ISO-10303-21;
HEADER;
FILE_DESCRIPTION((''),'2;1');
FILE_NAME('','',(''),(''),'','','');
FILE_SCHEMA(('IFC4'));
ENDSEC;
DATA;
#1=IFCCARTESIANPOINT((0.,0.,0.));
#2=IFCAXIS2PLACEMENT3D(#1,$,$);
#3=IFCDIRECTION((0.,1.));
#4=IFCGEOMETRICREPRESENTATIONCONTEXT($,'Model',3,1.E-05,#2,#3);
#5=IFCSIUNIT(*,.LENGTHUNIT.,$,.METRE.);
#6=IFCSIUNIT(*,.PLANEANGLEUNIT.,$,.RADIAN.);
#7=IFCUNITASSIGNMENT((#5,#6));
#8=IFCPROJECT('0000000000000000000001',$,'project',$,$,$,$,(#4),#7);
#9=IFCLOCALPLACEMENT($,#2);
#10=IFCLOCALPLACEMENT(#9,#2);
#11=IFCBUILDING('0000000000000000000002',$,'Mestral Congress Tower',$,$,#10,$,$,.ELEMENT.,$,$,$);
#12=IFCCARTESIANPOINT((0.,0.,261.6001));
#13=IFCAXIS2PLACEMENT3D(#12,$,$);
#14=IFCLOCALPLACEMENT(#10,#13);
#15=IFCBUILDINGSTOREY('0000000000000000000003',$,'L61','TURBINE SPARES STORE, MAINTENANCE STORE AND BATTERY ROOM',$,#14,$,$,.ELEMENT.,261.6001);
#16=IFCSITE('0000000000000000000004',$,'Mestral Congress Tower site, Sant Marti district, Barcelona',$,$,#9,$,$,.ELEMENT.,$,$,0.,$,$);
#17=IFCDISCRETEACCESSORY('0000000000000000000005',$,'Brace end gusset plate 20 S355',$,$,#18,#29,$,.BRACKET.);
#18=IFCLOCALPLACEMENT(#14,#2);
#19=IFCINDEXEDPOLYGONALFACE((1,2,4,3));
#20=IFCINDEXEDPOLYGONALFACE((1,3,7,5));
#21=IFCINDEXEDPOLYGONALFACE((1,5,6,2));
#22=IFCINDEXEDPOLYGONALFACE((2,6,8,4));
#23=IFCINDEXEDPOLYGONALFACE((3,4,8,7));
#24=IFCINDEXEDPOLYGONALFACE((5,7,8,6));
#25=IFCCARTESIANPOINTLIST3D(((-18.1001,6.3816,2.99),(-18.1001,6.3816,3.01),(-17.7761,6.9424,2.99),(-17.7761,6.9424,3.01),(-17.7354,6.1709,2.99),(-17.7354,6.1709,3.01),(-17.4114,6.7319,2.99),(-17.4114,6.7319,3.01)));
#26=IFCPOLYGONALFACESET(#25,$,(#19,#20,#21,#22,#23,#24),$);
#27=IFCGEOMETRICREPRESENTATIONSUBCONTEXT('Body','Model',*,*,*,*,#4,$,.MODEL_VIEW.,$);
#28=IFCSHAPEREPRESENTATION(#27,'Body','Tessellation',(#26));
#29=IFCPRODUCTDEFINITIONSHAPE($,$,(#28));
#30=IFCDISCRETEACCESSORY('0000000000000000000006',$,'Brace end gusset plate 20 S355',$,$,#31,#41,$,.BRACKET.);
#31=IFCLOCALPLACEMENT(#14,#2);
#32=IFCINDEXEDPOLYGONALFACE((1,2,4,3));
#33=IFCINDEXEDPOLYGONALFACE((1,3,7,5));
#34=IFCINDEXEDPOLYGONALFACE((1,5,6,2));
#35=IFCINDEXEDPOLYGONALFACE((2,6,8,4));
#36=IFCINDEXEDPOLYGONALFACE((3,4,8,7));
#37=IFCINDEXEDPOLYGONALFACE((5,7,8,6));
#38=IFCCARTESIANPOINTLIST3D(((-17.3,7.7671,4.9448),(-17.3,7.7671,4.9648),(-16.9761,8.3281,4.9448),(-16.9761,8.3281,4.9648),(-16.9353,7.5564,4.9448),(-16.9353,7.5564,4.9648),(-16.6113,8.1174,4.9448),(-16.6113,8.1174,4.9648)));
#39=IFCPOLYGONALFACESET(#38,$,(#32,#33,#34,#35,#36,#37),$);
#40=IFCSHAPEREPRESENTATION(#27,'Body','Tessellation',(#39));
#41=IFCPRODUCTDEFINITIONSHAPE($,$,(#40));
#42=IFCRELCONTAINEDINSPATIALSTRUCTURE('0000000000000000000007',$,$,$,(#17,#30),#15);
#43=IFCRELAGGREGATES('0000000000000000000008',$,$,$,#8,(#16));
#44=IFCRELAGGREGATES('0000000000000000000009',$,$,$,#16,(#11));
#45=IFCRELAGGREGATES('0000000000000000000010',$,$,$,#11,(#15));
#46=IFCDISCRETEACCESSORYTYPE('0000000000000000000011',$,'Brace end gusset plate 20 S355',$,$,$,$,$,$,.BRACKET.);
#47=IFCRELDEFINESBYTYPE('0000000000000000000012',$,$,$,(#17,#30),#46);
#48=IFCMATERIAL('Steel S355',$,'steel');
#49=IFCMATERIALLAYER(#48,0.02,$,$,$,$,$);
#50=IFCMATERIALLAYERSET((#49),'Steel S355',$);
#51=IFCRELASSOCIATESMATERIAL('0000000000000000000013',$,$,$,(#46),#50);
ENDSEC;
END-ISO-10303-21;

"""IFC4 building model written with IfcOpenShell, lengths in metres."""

from ifc_helpers import new_model, si_unit, direction, frame, origin, place, context, subcontext, project, spatial, polyline, outline, extrude, material, layer, layer_set, type_object, element, save


model = new_model("IFC4")

# Units and contexts
model_context = context("Model", 3, precision=1e-05, world=origin(), true_north=direction((0.0, 1.0)))
body_context = subcontext(model_context, "Body", "Model", "MODEL_VIEW")
ifc_project = project(units=[si_unit("LENGTHUNIT", "METRE"), si_unit("PLANEANGLEUNIT", "RADIAN")], contexts=[model_context])

# Site, building, storey
site_placement = place(None, origin())
site = spatial("IfcSite", under=ifc_project, at=site_placement, Name="Mestral Congress Tower site, Sant Marti district, Barcelona", CompositionType="ELEMENT", RefElevation=0.0)
building_placement = place(site_placement, origin())
building = spatial("IfcBuilding", under=site, at=building_placement, Name="Mestral Congress Tower", CompositionType="ELEMENT")
storey_placement = place(building_placement, frame((0.0, 0.0, 261.6001)))
storey = spatial("IfcBuildingStorey", under=building, at=storey_placement, Name="L61", Description="TURBINE SPARES STORE, MAINTENANCE STORE AND BATTERY ROOM", CompositionType="ELEMENT", Elevation=261.6001)

# Discrete accessories
ifc_material_1 = material(Name="Steel S355", Category="steel")
ifc_layer_1 = layer(ifc_material_1, 0.02)
ifc_layer_set_1 = layer_set([ifc_layer_1], Name="Steel S355")
discrete_accessory_type = type_object("IfcDiscreteAccessoryType", Name="Brace end gusset plate 20 S355", PredefinedType="BRACKET", material=ifc_layer_set_1)
discrete_accessory_1_placement = place(storey_placement, frame((0.0, 0.0, 2.99)))
element("IfcDiscreteAccessory", 1, at=discrete_accessory_1_placement, inside=storey, type_object=discrete_accessory_type, Name="Brace end gusset plate 20 S355", PredefinedType="BRACKET", context=body_context, shape_type="SweptSolid", body=[
    extrude(outline(polyline([(-17.7354, 6.1709), (-17.4114, 6.7319), (-17.7761, 6.9424), (-18.1001, 6.3816), (-17.7354, 6.1709)])), origin(), (0.0, 0.0, 1.0), 0.02),
])
discrete_accessory_2_placement = place(storey_placement, frame((0.0, 0.0, 4.9448)))
element("IfcDiscreteAccessory", 2, at=discrete_accessory_2_placement, inside=storey, type_object=discrete_accessory_type, Name="Brace end gusset plate 20 S355", PredefinedType="BRACKET", context=body_context, shape_type="SweptSolid", body=[
    extrude(outline(polyline([(-16.9761, 8.3281), (-17.3, 7.7671), (-16.9353, 7.5564), (-16.6113, 8.1174), (-16.9761, 8.3281)])), origin(), (0.0, 0.0, 1.0), 0.02),
])

save(model, "model.ifc")
